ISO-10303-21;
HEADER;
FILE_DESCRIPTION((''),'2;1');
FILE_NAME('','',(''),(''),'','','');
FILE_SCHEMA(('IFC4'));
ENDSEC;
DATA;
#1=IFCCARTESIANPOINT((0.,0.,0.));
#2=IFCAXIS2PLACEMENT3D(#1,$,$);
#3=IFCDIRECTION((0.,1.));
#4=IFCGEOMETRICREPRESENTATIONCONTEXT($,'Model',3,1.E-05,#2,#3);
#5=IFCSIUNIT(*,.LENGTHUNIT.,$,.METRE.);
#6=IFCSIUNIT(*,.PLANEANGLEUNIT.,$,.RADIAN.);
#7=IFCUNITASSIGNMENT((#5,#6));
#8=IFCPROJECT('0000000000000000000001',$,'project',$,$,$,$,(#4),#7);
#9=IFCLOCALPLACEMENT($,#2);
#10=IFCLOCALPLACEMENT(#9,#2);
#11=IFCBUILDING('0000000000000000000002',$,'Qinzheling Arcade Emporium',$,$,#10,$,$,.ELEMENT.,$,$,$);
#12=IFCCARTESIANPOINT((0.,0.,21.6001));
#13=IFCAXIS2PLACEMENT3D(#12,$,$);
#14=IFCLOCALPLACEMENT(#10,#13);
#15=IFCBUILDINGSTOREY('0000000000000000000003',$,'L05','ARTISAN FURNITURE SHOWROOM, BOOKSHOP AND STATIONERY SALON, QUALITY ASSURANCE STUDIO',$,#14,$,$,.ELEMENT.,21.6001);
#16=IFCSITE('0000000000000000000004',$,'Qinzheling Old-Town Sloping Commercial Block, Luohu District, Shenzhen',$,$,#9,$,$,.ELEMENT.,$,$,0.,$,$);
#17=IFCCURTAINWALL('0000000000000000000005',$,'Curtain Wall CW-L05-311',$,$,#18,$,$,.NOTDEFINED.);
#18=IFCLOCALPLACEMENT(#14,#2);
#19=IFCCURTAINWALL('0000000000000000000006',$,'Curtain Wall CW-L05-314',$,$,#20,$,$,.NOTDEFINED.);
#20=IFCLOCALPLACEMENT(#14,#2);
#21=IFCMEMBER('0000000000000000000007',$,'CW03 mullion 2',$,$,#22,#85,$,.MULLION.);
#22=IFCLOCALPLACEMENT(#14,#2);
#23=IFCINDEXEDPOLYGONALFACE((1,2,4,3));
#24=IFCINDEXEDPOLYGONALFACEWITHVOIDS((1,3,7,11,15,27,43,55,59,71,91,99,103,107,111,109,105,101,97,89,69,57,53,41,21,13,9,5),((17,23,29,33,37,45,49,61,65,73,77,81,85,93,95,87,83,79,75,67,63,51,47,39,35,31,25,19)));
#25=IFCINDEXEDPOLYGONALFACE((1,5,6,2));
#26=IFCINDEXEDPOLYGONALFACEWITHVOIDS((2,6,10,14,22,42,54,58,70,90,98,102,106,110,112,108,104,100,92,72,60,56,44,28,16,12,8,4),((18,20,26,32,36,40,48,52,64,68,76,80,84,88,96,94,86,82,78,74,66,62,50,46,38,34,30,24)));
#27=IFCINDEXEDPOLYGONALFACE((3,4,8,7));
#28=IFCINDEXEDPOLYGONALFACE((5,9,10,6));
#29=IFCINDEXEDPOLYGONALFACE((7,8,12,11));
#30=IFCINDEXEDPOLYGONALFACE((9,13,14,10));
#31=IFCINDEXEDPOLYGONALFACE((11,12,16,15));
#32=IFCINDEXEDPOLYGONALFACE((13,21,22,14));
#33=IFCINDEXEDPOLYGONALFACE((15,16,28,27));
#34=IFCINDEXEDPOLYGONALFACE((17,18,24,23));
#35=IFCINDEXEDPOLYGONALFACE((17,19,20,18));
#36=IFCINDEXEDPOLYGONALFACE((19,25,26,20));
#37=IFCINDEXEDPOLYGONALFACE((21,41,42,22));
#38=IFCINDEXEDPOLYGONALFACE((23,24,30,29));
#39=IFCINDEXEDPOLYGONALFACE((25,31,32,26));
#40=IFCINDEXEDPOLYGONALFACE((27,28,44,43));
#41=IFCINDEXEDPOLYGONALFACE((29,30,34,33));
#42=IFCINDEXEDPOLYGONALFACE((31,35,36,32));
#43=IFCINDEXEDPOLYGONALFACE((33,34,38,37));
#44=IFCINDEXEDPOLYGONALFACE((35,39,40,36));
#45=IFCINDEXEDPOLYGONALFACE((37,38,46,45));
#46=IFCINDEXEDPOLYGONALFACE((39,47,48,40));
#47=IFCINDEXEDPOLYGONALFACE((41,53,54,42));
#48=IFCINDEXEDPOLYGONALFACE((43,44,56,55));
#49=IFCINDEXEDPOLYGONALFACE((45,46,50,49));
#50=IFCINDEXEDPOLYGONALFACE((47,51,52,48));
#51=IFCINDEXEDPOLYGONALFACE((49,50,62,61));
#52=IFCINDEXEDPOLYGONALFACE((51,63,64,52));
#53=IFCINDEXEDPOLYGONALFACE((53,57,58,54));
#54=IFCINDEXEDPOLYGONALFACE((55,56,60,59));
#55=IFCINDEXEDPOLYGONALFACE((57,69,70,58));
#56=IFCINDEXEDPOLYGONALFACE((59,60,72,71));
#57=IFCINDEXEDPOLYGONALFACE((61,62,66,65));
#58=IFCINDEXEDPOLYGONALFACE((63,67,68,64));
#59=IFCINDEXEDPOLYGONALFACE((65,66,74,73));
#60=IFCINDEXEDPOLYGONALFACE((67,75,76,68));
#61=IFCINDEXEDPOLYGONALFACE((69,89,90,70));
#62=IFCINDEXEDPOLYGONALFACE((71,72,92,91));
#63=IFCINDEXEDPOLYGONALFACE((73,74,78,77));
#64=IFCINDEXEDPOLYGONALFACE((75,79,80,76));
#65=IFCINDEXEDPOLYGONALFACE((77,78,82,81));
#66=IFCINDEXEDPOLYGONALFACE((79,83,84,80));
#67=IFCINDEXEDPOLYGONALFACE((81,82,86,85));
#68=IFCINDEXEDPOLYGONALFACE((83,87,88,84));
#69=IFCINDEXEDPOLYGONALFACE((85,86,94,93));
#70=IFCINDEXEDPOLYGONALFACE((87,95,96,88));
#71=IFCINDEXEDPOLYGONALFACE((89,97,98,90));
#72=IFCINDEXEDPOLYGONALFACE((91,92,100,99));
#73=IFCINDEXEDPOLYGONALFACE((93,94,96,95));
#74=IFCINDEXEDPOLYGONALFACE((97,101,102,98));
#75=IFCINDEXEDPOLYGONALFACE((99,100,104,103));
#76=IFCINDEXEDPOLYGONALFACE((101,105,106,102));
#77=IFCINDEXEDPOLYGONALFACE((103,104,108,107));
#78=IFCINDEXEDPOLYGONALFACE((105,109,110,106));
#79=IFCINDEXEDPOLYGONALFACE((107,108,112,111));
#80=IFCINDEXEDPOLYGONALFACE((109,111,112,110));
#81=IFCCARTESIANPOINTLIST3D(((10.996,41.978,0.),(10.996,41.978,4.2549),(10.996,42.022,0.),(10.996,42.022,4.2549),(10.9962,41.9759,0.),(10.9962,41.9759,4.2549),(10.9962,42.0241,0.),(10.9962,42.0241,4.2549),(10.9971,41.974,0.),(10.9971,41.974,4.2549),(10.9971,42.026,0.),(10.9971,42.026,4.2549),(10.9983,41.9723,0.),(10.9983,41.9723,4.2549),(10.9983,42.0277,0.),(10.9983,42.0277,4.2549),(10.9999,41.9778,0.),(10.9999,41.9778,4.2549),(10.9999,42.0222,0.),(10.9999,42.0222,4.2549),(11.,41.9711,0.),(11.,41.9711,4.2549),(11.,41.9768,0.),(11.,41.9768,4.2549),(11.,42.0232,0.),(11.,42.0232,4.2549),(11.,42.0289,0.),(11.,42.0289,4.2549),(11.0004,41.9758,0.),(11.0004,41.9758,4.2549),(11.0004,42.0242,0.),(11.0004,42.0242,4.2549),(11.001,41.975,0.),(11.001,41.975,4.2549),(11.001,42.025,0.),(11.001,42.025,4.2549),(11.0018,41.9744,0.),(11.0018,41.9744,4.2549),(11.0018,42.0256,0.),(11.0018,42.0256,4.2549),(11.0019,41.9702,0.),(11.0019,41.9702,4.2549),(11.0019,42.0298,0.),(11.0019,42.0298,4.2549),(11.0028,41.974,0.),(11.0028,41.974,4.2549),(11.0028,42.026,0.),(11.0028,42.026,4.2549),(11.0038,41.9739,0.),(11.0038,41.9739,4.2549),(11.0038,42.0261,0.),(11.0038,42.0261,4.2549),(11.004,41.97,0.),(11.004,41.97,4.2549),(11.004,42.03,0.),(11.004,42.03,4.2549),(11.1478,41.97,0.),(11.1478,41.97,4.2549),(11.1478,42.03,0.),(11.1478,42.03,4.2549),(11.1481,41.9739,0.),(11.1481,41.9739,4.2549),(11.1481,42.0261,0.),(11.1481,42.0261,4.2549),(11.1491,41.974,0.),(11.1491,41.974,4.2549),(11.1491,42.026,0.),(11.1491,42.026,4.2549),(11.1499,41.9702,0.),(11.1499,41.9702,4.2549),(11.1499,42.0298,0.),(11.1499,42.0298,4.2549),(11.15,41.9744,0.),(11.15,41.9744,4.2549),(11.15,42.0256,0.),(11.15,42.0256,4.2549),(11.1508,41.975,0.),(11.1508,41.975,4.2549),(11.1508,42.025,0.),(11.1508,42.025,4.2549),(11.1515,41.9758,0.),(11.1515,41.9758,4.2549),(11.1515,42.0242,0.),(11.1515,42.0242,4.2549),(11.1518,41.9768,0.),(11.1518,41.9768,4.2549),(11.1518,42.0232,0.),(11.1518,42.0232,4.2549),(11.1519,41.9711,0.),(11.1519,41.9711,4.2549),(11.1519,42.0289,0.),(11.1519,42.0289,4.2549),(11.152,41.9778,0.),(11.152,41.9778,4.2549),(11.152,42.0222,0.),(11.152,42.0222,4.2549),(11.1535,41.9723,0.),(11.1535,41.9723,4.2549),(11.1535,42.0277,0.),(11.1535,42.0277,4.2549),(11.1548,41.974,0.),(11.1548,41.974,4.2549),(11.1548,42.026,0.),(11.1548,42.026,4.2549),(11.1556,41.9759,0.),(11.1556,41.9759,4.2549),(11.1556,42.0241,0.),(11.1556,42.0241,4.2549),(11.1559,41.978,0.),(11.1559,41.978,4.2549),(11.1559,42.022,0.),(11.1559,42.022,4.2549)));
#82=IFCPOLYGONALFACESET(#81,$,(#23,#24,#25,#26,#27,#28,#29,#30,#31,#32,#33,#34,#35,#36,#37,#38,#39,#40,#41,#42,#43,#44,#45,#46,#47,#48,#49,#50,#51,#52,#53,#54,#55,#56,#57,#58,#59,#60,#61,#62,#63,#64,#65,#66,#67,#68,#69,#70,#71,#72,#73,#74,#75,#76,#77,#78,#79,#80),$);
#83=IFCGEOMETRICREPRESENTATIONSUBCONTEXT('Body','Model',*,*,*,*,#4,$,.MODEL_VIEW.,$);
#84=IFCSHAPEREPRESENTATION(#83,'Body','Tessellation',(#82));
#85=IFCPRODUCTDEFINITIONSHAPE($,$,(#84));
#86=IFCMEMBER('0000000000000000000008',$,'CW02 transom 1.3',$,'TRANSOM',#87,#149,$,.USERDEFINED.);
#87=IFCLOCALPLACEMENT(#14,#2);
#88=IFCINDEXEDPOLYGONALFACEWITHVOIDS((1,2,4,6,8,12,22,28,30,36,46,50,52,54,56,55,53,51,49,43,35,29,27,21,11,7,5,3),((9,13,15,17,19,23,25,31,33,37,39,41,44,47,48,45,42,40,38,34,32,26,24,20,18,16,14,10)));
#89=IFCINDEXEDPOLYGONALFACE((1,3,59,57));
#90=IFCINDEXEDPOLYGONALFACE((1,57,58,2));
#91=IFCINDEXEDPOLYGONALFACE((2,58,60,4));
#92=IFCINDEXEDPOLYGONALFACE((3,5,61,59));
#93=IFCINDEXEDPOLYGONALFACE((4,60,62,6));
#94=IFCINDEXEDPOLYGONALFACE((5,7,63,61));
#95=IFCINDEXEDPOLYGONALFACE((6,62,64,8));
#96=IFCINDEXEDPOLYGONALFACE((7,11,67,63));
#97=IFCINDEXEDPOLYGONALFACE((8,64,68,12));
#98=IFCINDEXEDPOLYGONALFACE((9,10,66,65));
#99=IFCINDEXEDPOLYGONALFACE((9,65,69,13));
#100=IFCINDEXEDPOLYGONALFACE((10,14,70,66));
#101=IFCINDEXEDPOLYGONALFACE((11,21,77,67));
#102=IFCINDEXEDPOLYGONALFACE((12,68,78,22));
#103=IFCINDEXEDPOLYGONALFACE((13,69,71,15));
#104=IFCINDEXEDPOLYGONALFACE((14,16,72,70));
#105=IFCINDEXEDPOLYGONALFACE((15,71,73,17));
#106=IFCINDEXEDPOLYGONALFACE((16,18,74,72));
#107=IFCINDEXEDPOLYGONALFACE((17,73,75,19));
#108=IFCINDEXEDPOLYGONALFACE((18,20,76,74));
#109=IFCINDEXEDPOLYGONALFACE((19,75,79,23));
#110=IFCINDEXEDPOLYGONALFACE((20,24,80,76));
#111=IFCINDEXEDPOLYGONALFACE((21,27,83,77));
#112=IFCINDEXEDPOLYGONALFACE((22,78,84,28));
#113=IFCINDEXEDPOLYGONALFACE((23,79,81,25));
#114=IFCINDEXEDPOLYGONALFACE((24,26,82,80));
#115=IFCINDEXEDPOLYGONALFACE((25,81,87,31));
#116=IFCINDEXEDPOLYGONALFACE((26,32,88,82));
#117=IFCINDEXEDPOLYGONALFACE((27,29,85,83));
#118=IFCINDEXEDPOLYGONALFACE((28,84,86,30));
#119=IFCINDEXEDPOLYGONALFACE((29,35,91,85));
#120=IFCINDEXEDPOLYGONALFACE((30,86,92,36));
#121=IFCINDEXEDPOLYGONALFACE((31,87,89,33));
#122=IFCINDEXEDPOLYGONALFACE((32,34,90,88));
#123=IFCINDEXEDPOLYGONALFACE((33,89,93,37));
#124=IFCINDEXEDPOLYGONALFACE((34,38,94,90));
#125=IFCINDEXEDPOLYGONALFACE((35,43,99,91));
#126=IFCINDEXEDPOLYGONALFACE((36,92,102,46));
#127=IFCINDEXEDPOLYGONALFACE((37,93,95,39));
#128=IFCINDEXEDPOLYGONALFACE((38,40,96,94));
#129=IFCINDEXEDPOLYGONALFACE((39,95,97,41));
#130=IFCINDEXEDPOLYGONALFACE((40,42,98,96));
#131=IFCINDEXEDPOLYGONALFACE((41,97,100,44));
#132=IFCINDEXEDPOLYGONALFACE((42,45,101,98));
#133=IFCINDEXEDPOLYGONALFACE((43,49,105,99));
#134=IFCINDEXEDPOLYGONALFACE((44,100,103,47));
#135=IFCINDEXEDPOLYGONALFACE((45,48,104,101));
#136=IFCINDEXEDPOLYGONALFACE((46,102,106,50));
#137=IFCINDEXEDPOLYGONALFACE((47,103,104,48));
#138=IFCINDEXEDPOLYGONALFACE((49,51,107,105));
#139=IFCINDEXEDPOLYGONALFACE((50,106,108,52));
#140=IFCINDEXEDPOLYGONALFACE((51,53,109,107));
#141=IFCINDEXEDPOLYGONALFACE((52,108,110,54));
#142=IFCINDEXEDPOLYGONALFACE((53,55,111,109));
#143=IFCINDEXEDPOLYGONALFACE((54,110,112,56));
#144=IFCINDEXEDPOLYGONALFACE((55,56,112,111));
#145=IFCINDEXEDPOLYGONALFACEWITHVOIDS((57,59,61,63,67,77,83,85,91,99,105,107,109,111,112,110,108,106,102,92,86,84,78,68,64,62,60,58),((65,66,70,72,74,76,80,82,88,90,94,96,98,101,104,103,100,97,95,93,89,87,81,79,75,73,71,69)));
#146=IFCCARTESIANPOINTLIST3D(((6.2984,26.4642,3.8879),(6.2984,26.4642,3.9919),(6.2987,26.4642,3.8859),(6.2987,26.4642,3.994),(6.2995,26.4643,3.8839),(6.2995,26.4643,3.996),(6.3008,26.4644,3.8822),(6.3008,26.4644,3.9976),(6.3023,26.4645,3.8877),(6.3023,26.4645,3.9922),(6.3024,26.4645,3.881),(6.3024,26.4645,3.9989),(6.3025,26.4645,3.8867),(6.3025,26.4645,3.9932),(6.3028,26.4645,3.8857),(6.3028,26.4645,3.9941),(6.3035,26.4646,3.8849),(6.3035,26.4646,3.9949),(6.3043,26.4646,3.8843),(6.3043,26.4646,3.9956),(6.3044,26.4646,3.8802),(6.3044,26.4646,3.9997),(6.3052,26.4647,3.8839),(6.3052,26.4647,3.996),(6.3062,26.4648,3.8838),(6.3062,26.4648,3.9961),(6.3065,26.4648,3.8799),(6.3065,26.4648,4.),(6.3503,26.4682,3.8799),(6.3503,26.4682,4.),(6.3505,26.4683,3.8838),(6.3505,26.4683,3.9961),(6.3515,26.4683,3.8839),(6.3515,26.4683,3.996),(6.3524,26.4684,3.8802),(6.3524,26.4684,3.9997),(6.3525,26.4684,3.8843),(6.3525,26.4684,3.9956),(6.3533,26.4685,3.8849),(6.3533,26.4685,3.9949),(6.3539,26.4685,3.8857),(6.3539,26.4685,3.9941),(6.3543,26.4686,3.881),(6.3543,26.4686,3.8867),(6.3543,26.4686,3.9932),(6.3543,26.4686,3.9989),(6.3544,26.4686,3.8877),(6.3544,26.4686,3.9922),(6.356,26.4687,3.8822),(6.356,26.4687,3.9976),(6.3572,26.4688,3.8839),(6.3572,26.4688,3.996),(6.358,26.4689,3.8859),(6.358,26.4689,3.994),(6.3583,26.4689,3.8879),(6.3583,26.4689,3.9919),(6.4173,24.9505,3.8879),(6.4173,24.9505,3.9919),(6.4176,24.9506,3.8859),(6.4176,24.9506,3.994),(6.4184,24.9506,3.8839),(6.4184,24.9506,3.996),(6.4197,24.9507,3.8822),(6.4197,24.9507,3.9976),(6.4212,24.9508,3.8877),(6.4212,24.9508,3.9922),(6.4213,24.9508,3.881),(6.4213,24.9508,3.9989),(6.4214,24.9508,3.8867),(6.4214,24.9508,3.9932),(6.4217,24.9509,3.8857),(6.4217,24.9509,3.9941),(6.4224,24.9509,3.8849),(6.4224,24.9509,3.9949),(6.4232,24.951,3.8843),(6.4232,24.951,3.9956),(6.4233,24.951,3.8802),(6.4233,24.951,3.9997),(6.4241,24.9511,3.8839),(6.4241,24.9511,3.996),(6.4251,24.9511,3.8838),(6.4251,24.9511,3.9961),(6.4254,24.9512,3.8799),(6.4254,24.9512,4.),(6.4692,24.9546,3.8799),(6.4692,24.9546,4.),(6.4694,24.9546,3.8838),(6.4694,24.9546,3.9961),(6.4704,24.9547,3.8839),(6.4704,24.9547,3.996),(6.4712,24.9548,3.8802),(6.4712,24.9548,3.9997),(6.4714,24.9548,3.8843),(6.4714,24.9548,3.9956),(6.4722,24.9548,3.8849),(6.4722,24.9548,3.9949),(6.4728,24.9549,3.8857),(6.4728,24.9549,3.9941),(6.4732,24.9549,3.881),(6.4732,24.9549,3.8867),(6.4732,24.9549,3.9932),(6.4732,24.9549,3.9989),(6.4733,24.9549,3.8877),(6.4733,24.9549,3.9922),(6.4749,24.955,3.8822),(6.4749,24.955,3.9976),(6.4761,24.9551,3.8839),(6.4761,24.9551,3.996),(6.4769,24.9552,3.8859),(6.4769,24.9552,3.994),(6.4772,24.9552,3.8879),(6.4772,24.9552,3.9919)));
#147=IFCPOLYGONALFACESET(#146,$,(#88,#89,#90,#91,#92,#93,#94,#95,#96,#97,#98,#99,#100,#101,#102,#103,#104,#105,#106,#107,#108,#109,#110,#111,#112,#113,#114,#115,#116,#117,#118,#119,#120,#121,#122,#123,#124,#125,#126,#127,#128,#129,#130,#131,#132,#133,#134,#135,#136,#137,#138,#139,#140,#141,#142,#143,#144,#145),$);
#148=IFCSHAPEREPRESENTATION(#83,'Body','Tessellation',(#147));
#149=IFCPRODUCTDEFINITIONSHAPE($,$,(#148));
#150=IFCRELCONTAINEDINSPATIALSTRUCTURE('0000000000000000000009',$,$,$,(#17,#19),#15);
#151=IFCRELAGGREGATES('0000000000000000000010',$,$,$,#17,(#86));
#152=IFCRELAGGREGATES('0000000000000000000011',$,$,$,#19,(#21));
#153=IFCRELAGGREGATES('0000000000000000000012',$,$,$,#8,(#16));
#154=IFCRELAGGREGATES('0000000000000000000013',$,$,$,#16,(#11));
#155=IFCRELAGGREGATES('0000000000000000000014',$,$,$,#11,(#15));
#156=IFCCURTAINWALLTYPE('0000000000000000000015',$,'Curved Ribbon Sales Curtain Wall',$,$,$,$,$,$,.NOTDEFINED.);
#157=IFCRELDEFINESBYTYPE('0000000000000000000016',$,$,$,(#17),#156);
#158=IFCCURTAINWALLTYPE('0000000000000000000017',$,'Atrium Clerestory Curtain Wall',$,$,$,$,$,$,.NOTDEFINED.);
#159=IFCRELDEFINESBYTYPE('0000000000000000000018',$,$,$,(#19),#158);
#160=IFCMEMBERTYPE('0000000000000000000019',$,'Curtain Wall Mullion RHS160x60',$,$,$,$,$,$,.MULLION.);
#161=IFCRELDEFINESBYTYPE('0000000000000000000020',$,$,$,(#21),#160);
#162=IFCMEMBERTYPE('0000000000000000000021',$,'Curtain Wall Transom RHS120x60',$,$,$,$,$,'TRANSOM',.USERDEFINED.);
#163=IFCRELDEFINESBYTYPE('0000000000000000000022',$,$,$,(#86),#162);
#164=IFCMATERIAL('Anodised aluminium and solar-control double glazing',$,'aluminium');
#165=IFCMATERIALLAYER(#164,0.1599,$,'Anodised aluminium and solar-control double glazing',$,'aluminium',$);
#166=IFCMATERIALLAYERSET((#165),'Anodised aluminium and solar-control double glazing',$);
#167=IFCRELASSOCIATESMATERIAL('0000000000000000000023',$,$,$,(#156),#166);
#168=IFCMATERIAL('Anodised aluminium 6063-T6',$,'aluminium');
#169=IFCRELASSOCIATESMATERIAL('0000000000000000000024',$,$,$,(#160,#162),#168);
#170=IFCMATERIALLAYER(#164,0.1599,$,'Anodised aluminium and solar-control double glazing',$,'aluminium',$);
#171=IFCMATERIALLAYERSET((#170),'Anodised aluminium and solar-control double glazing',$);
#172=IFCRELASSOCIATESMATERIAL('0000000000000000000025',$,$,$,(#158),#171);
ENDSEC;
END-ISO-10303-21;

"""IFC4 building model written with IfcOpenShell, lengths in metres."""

from ifc_helpers import new_model, si_unit, direction, frame, origin, origin_2d, place, context, subcontext, project, spatial, hollow_rectangle, extrude, material, layer, layer_set, material_profile, profile_set, type_object, element, aggregate, save


model = new_model("IFC4")

# Units and contexts
model_context = context("Model", 3, precision=1e-05, world=origin(), true_north=direction((0.0, 1.0)))
body_context = subcontext(model_context, "Body", "Model", "MODEL_VIEW")
ifc_project = project(units=[si_unit("LENGTHUNIT", "METRE"), si_unit("PLANEANGLEUNIT", "RADIAN")], contexts=[model_context])

# Site, building, storey
site_placement = place(None, origin())
site = spatial("IfcSite", under=ifc_project, at=site_placement, Name="Qinzheling Old-Town Sloping Commercial Block, Luohu District, Shenzhen", CompositionType="ELEMENT", RefElevation=0.0)
building_placement = place(site_placement, origin())
building = spatial("IfcBuilding", under=site, at=building_placement, Name="Qinzheling Arcade Emporium", CompositionType="ELEMENT")
storey_placement = place(building_placement, frame((0.0, 0.0, 21.6001)))
storey = spatial("IfcBuildingStorey", under=building, at=storey_placement, Name="L05", Description="ARTISAN FURNITURE SHOWROOM, BOOKSHOP AND STATIONERY SALON, QUALITY ASSURANCE STUDIO", CompositionType="ELEMENT", Elevation=21.6001)

# Curtain wall
ifc_material_1 = material(Name="Anodised aluminium and solar-control double glazing", Category="aluminium")
ifc_layer_1 = layer(ifc_material_1, 0.1599, Name="Anodised aluminium and solar-control double glazing", Category="aluminium")
ifc_layer_set_1 = layer_set([ifc_layer_1], Name="Anodised aluminium and solar-control double glazing")
curtain_wall_type_1 = type_object("IfcCurtainWallType", Name="Curved Ribbon Sales Curtain Wall", PredefinedType="NOTDEFINED", material=ifc_layer_set_1)
curtain_wall_1_placement = place(storey_placement, origin())
curtain_wall_1 = element("IfcCurtainWall", 1, at=curtain_wall_1_placement, inside=storey, type_object=curtain_wall_type_1, Name="Curtain Wall CW-L05-311", PredefinedType="NOTDEFINED")
ifc_material_2 = material(Name="Anodised aluminium 6063-T6", Category="aluminium")
ifc_material_profile_1 = material_profile(ifc_material_2, hollow_rectangle(XDim=0.0601, YDim=0.1599, WallThickness=0.0039, InnerFilletRadius=0.0039, OuterFilletRadius=0.0081, at=origin_2d()), Name="RHS 160x60x4", Category="aluminium")
ifc_profile_set_1 = profile_set([ifc_material_profile_1], Name="Anodised aluminium 6063-T6")
member_type_1 = type_object("IfcMemberType", Name="Curtain Wall Mullion RHS160x60", PredefinedType="MULLION", material=ifc_profile_set_1)

# Curtain wall, member
ifc_layer_2 = layer(ifc_material_1, 0.1599, Name="Anodised aluminium and solar-control double glazing", Category="aluminium")
ifc_layer_set_2 = layer_set([ifc_layer_2], Name="Anodised aluminium and solar-control double glazing")
curtain_wall_type_2 = type_object("IfcCurtainWallType", Name="Atrium Clerestory Curtain Wall", PredefinedType="NOTDEFINED", material=ifc_layer_set_2)
curtain_wall_2_placement = place(storey_placement, origin())
curtain_wall_2 = element("IfcCurtainWall", 2, at=curtain_wall_2_placement, inside=storey, type_object=curtain_wall_type_2, Name="Curtain Wall CW-L05-314", PredefinedType="NOTDEFINED")
member_1_placement = place(storey_placement, frame((11.0759, 42.0, 0.0), z_axis=(0.0, 0.0, 1.0), x_axis=(0.0, 1.0, 0.0)))
member_1 = element("IfcMember", 3, at=member_1_placement, type_object=member_type_1, Name="CW03 mullion 2", PredefinedType="MULLION", context=body_context, shape_type="SweptSolid", body=[
    extrude(hollow_rectangle(XDim=0.0601, YDim=0.1599, WallThickness=0.0039, InnerFilletRadius=0.0039, OuterFilletRadius=0.0081, at=origin_2d()), origin(), (0.0, 0.0, 1.0), 4.2549),
])

# Member
ifc_material_profile_2 = material_profile(ifc_material_2, hollow_rectangle(XDim=0.0601, YDim=0.1201, WallThickness=0.0039, InnerFilletRadius=0.0039, OuterFilletRadius=0.0081, at=origin_2d()), Name="RHS 120x60x4", Category="aluminium")
ifc_profile_set_2 = profile_set([ifc_material_profile_2], Name="Anodised aluminium 6063-T6")
member_type_2 = type_object("IfcMemberType", Name="Curtain Wall Transom RHS120x60", ElementType="TRANSOM", PredefinedType="USERDEFINED", material=ifc_profile_set_2)
member_2_placement = place(storey_placement, frame((6.4473, 24.9529, 3.9399), z_axis=(-0.078307, 0.996929, 0.0), x_axis=(-0.996929, -0.078307, 0.0)))
member_2 = element("IfcMember", 4, at=member_2_placement, type_object=member_type_2, Name="CW02 transom 1.3", ObjectType="TRANSOM", PredefinedType="USERDEFINED", context=body_context, shape_type="SweptSolid", body=[
    extrude(hollow_rectangle(XDim=0.0601, YDim=0.1201, WallThickness=0.0039, InnerFilletRadius=0.0039, OuterFilletRadius=0.0081, at=origin_2d()), origin(), (0.0, 0.0, 1.0), 1.5183),
])

aggregate(curtain_wall_1, [member_2])
aggregate(curtain_wall_2, [member_1])

save(model, "model.ifc")
